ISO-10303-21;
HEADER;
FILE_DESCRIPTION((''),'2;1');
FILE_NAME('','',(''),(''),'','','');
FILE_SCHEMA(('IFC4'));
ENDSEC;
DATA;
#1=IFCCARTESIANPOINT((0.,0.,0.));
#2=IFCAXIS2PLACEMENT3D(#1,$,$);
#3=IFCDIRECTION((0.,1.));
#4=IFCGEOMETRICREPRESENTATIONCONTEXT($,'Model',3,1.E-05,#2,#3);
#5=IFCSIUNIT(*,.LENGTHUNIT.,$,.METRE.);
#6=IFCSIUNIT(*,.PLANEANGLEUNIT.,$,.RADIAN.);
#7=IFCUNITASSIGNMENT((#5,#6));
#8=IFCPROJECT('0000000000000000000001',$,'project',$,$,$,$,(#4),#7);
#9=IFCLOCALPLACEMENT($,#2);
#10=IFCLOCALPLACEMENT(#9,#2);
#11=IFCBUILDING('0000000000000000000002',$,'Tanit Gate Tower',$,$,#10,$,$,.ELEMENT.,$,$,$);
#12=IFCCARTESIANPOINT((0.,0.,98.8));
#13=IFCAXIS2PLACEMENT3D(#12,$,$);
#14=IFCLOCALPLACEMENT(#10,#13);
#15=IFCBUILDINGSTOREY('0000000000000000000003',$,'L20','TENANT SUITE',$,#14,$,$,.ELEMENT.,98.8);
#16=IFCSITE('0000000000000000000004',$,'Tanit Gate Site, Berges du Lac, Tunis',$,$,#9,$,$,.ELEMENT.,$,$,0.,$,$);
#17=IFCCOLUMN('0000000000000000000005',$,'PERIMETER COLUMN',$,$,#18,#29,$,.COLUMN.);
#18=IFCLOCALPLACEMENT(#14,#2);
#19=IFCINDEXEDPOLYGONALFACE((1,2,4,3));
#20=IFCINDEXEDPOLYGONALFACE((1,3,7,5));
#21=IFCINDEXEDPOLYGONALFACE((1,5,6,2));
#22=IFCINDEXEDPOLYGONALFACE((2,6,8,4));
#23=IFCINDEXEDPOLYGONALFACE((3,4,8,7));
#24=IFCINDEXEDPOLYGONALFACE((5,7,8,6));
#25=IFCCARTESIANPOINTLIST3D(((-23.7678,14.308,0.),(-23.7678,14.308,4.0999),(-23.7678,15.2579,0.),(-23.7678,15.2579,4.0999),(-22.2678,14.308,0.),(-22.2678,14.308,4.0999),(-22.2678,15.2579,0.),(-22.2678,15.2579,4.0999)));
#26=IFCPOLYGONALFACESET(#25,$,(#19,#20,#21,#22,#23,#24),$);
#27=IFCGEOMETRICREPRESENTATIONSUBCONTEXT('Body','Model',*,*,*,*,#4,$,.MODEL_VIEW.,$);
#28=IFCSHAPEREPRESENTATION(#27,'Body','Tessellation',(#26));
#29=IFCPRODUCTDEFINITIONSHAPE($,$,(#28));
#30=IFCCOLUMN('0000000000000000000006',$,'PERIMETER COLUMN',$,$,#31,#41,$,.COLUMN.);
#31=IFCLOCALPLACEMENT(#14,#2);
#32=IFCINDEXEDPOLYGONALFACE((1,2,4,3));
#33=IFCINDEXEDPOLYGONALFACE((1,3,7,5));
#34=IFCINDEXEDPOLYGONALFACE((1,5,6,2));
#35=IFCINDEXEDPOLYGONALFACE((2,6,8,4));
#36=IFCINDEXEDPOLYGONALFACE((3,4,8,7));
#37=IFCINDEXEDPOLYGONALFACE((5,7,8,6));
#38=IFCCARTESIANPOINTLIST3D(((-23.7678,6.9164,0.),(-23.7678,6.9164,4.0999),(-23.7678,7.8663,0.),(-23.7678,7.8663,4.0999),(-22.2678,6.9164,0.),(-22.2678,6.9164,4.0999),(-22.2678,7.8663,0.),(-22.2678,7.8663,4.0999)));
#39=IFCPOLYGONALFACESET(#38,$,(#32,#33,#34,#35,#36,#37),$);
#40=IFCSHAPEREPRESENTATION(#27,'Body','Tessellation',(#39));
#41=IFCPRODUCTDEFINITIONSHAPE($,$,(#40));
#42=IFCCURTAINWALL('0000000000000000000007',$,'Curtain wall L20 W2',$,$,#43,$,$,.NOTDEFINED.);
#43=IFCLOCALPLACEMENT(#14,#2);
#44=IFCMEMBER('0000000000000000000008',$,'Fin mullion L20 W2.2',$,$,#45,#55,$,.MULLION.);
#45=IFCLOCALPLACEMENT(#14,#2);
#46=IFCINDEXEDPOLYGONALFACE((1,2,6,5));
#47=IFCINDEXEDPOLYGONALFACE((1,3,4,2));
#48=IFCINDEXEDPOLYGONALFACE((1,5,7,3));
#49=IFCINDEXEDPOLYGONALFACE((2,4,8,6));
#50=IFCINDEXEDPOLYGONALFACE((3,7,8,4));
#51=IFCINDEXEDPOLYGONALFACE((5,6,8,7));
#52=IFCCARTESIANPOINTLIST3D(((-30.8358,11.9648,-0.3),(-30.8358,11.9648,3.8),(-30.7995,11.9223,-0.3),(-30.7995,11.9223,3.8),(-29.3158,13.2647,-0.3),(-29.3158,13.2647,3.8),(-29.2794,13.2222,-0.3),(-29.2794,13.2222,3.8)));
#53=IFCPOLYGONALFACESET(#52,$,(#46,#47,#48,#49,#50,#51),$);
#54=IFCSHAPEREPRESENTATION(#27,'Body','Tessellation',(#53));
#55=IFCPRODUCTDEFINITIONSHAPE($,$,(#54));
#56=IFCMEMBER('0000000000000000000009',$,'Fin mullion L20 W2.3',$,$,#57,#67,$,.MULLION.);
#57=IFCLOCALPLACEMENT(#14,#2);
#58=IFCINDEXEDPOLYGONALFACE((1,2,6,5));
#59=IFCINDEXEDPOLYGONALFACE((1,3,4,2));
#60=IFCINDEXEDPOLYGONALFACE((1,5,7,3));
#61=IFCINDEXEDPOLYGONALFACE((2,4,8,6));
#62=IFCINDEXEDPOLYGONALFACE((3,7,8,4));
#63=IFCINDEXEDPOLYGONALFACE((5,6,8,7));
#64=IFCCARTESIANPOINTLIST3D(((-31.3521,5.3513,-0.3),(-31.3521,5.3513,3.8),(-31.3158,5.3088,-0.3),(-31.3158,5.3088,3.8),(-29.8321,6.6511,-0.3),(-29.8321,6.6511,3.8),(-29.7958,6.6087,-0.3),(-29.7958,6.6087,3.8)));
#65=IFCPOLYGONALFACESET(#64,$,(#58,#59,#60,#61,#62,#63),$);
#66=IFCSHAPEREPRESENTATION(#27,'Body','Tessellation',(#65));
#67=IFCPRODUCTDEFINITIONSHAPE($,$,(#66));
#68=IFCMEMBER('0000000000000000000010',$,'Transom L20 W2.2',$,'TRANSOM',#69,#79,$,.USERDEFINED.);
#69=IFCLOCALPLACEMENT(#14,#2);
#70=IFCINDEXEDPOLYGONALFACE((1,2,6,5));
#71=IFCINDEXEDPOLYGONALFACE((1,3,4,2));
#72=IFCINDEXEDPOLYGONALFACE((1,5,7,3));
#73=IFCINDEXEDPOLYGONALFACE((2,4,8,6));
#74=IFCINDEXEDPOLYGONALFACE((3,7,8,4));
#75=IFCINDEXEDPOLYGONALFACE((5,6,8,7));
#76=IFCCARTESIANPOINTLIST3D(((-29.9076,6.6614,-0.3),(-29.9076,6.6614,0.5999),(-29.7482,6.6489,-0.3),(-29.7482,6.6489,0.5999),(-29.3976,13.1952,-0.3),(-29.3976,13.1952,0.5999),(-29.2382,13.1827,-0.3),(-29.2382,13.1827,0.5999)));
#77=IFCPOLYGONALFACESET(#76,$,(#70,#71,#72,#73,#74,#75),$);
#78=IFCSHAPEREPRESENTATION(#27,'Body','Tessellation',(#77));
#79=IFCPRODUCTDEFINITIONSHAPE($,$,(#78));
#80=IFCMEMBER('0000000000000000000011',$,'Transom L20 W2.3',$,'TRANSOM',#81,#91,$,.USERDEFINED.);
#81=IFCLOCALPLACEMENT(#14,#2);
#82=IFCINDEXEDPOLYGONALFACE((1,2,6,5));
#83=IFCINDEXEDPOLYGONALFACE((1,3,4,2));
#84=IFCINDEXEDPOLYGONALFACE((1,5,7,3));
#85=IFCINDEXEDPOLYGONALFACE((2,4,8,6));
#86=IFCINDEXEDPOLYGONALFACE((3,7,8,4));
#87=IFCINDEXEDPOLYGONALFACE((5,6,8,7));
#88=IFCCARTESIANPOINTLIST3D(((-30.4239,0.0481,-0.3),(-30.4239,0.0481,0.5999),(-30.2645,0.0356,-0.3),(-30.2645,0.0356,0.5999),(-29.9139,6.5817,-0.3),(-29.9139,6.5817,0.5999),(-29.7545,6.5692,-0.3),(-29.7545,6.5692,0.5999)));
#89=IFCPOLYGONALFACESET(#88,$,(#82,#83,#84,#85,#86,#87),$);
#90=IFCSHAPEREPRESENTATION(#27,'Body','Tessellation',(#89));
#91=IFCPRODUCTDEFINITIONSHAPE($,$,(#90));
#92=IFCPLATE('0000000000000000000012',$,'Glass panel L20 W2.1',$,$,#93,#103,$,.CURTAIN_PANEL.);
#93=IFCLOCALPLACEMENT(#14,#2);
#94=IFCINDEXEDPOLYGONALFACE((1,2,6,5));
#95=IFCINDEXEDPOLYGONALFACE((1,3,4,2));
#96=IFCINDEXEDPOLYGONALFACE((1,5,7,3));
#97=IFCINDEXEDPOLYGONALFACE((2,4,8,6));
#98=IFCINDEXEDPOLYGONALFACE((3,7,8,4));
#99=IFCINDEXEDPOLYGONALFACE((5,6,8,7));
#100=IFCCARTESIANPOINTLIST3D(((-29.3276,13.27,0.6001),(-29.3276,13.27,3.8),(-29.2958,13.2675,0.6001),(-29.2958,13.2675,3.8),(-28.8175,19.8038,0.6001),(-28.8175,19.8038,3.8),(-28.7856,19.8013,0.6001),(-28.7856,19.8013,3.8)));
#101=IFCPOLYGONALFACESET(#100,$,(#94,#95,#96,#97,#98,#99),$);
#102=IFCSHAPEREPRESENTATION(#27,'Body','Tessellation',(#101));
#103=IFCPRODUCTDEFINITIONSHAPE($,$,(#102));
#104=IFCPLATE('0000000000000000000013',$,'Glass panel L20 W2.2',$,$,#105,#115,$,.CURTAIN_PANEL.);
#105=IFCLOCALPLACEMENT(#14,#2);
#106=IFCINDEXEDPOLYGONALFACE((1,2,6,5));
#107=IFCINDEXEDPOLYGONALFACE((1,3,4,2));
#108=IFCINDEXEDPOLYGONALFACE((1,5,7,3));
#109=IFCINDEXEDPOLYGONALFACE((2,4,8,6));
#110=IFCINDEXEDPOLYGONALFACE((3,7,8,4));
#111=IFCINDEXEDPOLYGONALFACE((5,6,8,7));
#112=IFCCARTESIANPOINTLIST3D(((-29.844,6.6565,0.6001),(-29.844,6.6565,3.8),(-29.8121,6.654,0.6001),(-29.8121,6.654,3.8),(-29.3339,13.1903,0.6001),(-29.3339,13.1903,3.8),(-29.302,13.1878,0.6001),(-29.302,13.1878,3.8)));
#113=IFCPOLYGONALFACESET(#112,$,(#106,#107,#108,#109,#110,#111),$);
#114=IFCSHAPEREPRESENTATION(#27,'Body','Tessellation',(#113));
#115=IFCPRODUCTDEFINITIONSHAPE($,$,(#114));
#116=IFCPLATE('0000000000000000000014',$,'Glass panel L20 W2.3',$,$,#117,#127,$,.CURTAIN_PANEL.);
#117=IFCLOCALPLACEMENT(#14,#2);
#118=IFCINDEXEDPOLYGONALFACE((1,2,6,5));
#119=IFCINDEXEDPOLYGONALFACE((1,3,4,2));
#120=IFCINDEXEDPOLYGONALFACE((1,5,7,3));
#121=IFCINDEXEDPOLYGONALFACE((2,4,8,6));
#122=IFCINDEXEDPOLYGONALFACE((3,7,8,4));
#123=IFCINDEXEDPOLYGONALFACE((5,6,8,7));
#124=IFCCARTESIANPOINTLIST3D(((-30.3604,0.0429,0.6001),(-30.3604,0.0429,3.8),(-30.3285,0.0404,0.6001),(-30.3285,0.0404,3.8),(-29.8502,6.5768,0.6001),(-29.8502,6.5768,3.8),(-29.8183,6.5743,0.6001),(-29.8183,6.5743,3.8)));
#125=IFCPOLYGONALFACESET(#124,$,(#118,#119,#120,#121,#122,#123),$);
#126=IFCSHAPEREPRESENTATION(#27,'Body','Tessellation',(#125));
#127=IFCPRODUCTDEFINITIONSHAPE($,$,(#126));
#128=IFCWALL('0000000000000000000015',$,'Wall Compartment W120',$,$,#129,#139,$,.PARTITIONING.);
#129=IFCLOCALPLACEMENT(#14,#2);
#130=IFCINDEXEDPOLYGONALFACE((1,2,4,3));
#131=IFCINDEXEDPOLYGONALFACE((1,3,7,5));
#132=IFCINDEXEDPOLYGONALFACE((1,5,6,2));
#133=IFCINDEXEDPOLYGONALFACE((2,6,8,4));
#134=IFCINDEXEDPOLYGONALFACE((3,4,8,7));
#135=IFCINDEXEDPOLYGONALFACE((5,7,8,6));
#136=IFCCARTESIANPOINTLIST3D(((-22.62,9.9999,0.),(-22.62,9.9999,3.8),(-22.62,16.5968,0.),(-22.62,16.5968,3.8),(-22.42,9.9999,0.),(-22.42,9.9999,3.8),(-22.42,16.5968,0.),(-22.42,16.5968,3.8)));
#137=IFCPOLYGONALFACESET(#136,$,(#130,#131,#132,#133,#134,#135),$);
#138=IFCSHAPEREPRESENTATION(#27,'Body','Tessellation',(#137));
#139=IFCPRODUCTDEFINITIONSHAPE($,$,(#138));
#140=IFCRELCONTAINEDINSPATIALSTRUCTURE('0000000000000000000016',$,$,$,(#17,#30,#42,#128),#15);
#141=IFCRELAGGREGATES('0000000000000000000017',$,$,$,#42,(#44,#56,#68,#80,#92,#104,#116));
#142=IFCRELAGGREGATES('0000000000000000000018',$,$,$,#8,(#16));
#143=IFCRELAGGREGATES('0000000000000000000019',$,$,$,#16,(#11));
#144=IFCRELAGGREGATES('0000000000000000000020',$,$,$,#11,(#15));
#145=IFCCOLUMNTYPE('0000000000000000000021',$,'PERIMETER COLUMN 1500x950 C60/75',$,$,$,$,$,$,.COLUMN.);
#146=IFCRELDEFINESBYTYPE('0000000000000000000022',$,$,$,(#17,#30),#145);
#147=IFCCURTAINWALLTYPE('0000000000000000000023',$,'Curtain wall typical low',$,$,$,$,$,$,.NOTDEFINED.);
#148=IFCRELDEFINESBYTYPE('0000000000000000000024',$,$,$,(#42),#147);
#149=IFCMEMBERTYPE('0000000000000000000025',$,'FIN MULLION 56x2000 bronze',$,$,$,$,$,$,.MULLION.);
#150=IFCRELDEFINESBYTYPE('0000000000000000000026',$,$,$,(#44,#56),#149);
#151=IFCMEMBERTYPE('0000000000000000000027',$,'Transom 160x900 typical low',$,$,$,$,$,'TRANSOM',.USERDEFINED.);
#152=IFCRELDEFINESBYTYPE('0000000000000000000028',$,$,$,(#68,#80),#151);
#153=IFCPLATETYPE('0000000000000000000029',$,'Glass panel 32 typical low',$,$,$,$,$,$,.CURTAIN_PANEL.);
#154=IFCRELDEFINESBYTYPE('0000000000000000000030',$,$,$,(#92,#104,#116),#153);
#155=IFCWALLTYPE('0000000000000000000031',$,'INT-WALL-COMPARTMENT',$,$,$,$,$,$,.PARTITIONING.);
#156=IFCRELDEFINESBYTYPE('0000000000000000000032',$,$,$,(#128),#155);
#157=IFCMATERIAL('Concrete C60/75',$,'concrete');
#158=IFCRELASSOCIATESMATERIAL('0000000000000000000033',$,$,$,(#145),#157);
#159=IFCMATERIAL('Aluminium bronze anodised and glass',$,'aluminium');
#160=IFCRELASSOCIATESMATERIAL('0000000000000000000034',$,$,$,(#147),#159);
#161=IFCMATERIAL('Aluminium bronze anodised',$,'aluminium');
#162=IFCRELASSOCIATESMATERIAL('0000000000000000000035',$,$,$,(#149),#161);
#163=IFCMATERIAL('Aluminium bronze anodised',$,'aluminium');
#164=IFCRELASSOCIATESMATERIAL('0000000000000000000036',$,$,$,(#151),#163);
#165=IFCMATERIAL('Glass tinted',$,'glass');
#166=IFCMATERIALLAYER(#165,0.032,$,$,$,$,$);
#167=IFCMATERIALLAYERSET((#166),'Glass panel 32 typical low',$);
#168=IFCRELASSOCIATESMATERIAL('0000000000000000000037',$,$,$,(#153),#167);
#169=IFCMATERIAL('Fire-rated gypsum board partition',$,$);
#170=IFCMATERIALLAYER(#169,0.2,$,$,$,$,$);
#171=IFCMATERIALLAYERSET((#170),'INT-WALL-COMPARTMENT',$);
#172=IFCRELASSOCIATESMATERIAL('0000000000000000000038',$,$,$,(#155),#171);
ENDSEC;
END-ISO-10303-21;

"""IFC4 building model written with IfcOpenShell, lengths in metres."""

from ifc_helpers import new_model, si_unit, direction, frame, frame_2d, origin, origin_2d, place, context, subcontext, project, spatial, rectangle, extrude, material, layer, layer_set, material_profile, profile_set, type_object, element, aggregate, save


model = new_model("IFC4")

# Units and contexts
model_context = context("Model", 3, precision=1e-05, world=origin(), true_north=direction((0.0, 1.0)))
body_context = subcontext(model_context, "Body", "Model", "MODEL_VIEW")
ifc_project = project(units=[si_unit("LENGTHUNIT", "METRE"), si_unit("PLANEANGLEUNIT", "RADIAN")], contexts=[model_context])

# Site, building, storey
site_placement = place(None, origin())
site = spatial("IfcSite", under=ifc_project, at=site_placement, Name="Tanit Gate Site, Berges du Lac, Tunis", CompositionType="ELEMENT", RefElevation=0.0)
building_placement = place(site_placement, origin())
building = spatial("IfcBuilding", under=site, at=building_placement, Name="Tanit Gate Tower", CompositionType="ELEMENT")
storey_placement = place(building_placement, frame((0.0, 0.0, 98.8)))
storey = spatial("IfcBuildingStorey", under=building, at=storey_placement, Name="L20", Description="TENANT SUITE", CompositionType="ELEMENT", Elevation=98.8)

# Columns
ifc_material_1 = material(Name="Concrete C60/75", Category="concrete")
ifc_material_profile_1 = material_profile(ifc_material_1, rectangle(XDim=1.5, YDim=0.95, at=origin_2d()), Name="RC 1500x950")
ifc_profile_set_1 = profile_set([ifc_material_profile_1], Name="Concrete C60/75")
column_type = type_object("IfcColumnType", Name="PERIMETER COLUMN 1500x950 C60/75", PredefinedType="COLUMN", material=ifc_profile_set_1)
for number, where, z_axis, x_axis, name in (
    (1, (-23.0178, 14.783, 0.0), (0.0, 0.0, 1.0), (-1.0, 0.0, 0.0), "PERIMETER COLUMN"),
    (2, (-23.0178, 7.3914, 0.0), (0.0, 0.0, 1.0), (-1.0, 0.0, 0.0), "PERIMETER COLUMN"),
):
    element("IfcColumn", number, at=place(storey_placement, frame(where, z_axis=z_axis, x_axis=x_axis)), inside=storey, type_object=column_type, Name=name, PredefinedType="COLUMN", context=body_context, shape_type="SweptSolid", body=[
        extrude(rectangle(XDim=1.5, YDim=0.95, at=origin_2d()), origin(), (0.0, 0.0, 1.0), 4.0999),
    ])

# Curtain wall, members, plates
ifc_material_2 = material(Name="Aluminium bronze anodised and glass", Category="aluminium")
curtain_wall_type = type_object("IfcCurtainWallType", Name="Curtain wall typical low", PredefinedType="NOTDEFINED", material=ifc_material_2)
curtain_wall_placement = place(storey_placement, origin())
curtain_wall = element("IfcCurtainWall", 3, at=curtain_wall_placement, inside=storey, type_object=curtain_wall_type, Name="Curtain wall L20 W2", PredefinedType="NOTDEFINED")
ifc_material_3 = material(Name="Aluminium bronze anodised", Category="aluminium")
ifc_material_profile_2 = material_profile(ifc_material_3, rectangle(XDim=2.0, YDim=0.0559, at=origin_2d()), Name="56x2000 bronze fin mullion")
ifc_profile_set_2 = profile_set([ifc_material_profile_2], Name="Aluminium bronze anodised")
member_type_1 = type_object("IfcMemberType", Name="FIN MULLION 56x2000 bronze", PredefinedType="MULLION", material=ifc_profile_set_2)
member_1_placement = place(storey_placement, frame((-30.0576, 12.5935, -0.3), z_axis=(0.0, 0.0, 1.0), x_axis=(0.760002, 0.649921, 0.0)))
member_1 = element("IfcMember", 4, at=member_1_placement, type_object=member_type_1, Name="Fin mullion L20 W2.2", PredefinedType="MULLION", context=body_context, shape_type="SweptSolid", body=[
    extrude(rectangle(XDim=2.0, YDim=0.0559, at=origin_2d()), origin(), (0.0, 0.0, 1.0), 4.1001),
])
member_2_placement = place(storey_placement, frame((-30.574, 5.98, -0.3), z_axis=(0.0, 0.0, 1.0), x_axis=(0.760002, 0.649921, 0.0)))
member_2 = element("IfcMember", 5, at=member_2_placement, type_object=member_type_1, Name="Fin mullion L20 W2.3", PredefinedType="MULLION", context=body_context, shape_type="SweptSolid", body=[
    extrude(rectangle(XDim=2.0, YDim=0.0559, at=origin_2d()), origin(), (0.0, 0.0, 1.0), 4.1001),
])
ifc_material_4 = material(Name="Aluminium bronze anodised", Category="aluminium")
ifc_material_profile_3 = material_profile(ifc_material_4, rectangle(XDim=0.1599, YDim=0.8999, at=origin_2d()), Name="160x900 bronze transom")
ifc_profile_set_3 = profile_set([ifc_material_profile_3], Name="Aluminium bronze anodised")
member_type_2 = type_object("IfcMemberType", Name="Transom 160x900 typical low", ElementType="TRANSOM", PredefinedType="USERDEFINED", material=ifc_profile_set_3)
member_3_placement = place(storey_placement, frame((-29.3179, 13.189, 0.1499), z_axis=(-0.077819, -0.996968, 0.0), x_axis=(0.996968, -0.077819, 0.0)))
member_3 = element("IfcMember", 6, at=member_3_placement, type_object=member_type_2, Name="Transom L20 W2.2", ObjectType="TRANSOM", PredefinedType="USERDEFINED", context=body_context, shape_type="SweptSolid", body=[
    extrude(rectangle(XDim=0.1599, YDim=0.8999, at=origin_2d()), origin(), (0.0, 0.0, 1.0), 6.5537),
])
member_4_placement = place(storey_placement, frame((-29.8342, 6.5754, 0.1499), z_axis=(-0.077822, -0.996967, 0.0), x_axis=(0.996967, -0.077822, 0.0)))
member_4 = element("IfcMember", 7, at=member_4_placement, type_object=member_type_2, Name="Transom L20 W2.3", ObjectType="TRANSOM", PredefinedType="USERDEFINED", context=body_context, shape_type="SweptSolid", body=[
    extrude(rectangle(XDim=0.1599, YDim=0.8999, at=origin_2d()), origin(), (0.0, 0.0, 1.0), 6.5535),
])
ifc_material_5 = material(Name="Glass tinted", Category="glass")
ifc_layer_1 = layer(ifc_material_5, 0.032)
ifc_layer_set_1 = layer_set([ifc_layer_1], Name="Glass panel 32 typical low")
plate_type = type_object("IfcPlateType", Name="Glass panel 32 typical low", PredefinedType="CURTAIN_PANEL", material=ifc_layer_set_1)
plate_1_placement = place(storey_placement, frame((-29.0566, 16.5356, 0.6001), z_axis=(0.0, 0.0, 1.0), x_axis=(-0.077839, -0.996966, 0.0)))
plate_1 = element("IfcPlate", 8, at=plate_1_placement, type_object=plate_type, Name="Glass panel L20 W2.1", PredefinedType="CURTAIN_PANEL", context=body_context, shape_type="SweptSolid", body=[
    extrude(rectangle(XDim=6.5537, YDim=0.032, at=origin_2d()), origin(), (0.0, 0.0, 1.0), 3.2),
])
plate_2_placement = place(storey_placement, frame((-29.573, 9.9221, 0.6001), z_axis=(0.0, 0.0, 1.0), x_axis=(-0.077839, -0.996966, 0.0)))
plate_2 = element("IfcPlate", 9, at=plate_2_placement, type_object=plate_type, Name="Glass panel L20 W2.2", PredefinedType="CURTAIN_PANEL", context=body_context, shape_type="SweptSolid", body=[
    extrude(rectangle(XDim=6.5537, YDim=0.032, at=origin_2d()), origin(), (0.0, 0.0, 1.0), 3.2),
])
plate_3_placement = place(storey_placement, frame((-30.0894, 3.3086, 0.6001), z_axis=(0.0, 0.0, 1.0), x_axis=(-0.077839, -0.996966, 0.0)))
plate_3 = element("IfcPlate", 10, at=plate_3_placement, type_object=plate_type, Name="Glass panel L20 W2.3", PredefinedType="CURTAIN_PANEL", context=body_context, shape_type="SweptSolid", body=[
    extrude(rectangle(XDim=6.5537, YDim=0.032, at=origin_2d()), origin(), (0.0, 0.0, 1.0), 3.2),
])
aggregate(curtain_wall, [member_1, member_2, member_3, member_4, plate_1, plate_2, plate_3])

# Wall
ifc_material_6 = material(Name="Fire-rated gypsum board partition")
ifc_layer_2 = layer(ifc_material_6, 0.2)
ifc_layer_set_2 = layer_set([ifc_layer_2], Name="INT-WALL-COMPARTMENT")
wall_type = type_object("IfcWallType", Name="INT-WALL-COMPARTMENT", PredefinedType="PARTITIONING", material=ifc_layer_set_2)
wall_placement = place(storey_placement, frame((-22.52, 10.0, 0.0), z_axis=(0.0, 0.0, 1.0), x_axis=(0.0, 1.0, 0.0)))
element("IfcWall", 11, at=wall_placement, inside=storey, type_object=wall_type, Name="Wall Compartment W120", PredefinedType="PARTITIONING", context=body_context, shape_type="SweptSolid", body=[
    extrude(rectangle(XDim=6.5969, YDim=0.2, at=frame_2d((3.2983, 0.0))), origin(), (0.0, 0.0, 1.0), 3.8),
])

save(model, "model.ifc")
